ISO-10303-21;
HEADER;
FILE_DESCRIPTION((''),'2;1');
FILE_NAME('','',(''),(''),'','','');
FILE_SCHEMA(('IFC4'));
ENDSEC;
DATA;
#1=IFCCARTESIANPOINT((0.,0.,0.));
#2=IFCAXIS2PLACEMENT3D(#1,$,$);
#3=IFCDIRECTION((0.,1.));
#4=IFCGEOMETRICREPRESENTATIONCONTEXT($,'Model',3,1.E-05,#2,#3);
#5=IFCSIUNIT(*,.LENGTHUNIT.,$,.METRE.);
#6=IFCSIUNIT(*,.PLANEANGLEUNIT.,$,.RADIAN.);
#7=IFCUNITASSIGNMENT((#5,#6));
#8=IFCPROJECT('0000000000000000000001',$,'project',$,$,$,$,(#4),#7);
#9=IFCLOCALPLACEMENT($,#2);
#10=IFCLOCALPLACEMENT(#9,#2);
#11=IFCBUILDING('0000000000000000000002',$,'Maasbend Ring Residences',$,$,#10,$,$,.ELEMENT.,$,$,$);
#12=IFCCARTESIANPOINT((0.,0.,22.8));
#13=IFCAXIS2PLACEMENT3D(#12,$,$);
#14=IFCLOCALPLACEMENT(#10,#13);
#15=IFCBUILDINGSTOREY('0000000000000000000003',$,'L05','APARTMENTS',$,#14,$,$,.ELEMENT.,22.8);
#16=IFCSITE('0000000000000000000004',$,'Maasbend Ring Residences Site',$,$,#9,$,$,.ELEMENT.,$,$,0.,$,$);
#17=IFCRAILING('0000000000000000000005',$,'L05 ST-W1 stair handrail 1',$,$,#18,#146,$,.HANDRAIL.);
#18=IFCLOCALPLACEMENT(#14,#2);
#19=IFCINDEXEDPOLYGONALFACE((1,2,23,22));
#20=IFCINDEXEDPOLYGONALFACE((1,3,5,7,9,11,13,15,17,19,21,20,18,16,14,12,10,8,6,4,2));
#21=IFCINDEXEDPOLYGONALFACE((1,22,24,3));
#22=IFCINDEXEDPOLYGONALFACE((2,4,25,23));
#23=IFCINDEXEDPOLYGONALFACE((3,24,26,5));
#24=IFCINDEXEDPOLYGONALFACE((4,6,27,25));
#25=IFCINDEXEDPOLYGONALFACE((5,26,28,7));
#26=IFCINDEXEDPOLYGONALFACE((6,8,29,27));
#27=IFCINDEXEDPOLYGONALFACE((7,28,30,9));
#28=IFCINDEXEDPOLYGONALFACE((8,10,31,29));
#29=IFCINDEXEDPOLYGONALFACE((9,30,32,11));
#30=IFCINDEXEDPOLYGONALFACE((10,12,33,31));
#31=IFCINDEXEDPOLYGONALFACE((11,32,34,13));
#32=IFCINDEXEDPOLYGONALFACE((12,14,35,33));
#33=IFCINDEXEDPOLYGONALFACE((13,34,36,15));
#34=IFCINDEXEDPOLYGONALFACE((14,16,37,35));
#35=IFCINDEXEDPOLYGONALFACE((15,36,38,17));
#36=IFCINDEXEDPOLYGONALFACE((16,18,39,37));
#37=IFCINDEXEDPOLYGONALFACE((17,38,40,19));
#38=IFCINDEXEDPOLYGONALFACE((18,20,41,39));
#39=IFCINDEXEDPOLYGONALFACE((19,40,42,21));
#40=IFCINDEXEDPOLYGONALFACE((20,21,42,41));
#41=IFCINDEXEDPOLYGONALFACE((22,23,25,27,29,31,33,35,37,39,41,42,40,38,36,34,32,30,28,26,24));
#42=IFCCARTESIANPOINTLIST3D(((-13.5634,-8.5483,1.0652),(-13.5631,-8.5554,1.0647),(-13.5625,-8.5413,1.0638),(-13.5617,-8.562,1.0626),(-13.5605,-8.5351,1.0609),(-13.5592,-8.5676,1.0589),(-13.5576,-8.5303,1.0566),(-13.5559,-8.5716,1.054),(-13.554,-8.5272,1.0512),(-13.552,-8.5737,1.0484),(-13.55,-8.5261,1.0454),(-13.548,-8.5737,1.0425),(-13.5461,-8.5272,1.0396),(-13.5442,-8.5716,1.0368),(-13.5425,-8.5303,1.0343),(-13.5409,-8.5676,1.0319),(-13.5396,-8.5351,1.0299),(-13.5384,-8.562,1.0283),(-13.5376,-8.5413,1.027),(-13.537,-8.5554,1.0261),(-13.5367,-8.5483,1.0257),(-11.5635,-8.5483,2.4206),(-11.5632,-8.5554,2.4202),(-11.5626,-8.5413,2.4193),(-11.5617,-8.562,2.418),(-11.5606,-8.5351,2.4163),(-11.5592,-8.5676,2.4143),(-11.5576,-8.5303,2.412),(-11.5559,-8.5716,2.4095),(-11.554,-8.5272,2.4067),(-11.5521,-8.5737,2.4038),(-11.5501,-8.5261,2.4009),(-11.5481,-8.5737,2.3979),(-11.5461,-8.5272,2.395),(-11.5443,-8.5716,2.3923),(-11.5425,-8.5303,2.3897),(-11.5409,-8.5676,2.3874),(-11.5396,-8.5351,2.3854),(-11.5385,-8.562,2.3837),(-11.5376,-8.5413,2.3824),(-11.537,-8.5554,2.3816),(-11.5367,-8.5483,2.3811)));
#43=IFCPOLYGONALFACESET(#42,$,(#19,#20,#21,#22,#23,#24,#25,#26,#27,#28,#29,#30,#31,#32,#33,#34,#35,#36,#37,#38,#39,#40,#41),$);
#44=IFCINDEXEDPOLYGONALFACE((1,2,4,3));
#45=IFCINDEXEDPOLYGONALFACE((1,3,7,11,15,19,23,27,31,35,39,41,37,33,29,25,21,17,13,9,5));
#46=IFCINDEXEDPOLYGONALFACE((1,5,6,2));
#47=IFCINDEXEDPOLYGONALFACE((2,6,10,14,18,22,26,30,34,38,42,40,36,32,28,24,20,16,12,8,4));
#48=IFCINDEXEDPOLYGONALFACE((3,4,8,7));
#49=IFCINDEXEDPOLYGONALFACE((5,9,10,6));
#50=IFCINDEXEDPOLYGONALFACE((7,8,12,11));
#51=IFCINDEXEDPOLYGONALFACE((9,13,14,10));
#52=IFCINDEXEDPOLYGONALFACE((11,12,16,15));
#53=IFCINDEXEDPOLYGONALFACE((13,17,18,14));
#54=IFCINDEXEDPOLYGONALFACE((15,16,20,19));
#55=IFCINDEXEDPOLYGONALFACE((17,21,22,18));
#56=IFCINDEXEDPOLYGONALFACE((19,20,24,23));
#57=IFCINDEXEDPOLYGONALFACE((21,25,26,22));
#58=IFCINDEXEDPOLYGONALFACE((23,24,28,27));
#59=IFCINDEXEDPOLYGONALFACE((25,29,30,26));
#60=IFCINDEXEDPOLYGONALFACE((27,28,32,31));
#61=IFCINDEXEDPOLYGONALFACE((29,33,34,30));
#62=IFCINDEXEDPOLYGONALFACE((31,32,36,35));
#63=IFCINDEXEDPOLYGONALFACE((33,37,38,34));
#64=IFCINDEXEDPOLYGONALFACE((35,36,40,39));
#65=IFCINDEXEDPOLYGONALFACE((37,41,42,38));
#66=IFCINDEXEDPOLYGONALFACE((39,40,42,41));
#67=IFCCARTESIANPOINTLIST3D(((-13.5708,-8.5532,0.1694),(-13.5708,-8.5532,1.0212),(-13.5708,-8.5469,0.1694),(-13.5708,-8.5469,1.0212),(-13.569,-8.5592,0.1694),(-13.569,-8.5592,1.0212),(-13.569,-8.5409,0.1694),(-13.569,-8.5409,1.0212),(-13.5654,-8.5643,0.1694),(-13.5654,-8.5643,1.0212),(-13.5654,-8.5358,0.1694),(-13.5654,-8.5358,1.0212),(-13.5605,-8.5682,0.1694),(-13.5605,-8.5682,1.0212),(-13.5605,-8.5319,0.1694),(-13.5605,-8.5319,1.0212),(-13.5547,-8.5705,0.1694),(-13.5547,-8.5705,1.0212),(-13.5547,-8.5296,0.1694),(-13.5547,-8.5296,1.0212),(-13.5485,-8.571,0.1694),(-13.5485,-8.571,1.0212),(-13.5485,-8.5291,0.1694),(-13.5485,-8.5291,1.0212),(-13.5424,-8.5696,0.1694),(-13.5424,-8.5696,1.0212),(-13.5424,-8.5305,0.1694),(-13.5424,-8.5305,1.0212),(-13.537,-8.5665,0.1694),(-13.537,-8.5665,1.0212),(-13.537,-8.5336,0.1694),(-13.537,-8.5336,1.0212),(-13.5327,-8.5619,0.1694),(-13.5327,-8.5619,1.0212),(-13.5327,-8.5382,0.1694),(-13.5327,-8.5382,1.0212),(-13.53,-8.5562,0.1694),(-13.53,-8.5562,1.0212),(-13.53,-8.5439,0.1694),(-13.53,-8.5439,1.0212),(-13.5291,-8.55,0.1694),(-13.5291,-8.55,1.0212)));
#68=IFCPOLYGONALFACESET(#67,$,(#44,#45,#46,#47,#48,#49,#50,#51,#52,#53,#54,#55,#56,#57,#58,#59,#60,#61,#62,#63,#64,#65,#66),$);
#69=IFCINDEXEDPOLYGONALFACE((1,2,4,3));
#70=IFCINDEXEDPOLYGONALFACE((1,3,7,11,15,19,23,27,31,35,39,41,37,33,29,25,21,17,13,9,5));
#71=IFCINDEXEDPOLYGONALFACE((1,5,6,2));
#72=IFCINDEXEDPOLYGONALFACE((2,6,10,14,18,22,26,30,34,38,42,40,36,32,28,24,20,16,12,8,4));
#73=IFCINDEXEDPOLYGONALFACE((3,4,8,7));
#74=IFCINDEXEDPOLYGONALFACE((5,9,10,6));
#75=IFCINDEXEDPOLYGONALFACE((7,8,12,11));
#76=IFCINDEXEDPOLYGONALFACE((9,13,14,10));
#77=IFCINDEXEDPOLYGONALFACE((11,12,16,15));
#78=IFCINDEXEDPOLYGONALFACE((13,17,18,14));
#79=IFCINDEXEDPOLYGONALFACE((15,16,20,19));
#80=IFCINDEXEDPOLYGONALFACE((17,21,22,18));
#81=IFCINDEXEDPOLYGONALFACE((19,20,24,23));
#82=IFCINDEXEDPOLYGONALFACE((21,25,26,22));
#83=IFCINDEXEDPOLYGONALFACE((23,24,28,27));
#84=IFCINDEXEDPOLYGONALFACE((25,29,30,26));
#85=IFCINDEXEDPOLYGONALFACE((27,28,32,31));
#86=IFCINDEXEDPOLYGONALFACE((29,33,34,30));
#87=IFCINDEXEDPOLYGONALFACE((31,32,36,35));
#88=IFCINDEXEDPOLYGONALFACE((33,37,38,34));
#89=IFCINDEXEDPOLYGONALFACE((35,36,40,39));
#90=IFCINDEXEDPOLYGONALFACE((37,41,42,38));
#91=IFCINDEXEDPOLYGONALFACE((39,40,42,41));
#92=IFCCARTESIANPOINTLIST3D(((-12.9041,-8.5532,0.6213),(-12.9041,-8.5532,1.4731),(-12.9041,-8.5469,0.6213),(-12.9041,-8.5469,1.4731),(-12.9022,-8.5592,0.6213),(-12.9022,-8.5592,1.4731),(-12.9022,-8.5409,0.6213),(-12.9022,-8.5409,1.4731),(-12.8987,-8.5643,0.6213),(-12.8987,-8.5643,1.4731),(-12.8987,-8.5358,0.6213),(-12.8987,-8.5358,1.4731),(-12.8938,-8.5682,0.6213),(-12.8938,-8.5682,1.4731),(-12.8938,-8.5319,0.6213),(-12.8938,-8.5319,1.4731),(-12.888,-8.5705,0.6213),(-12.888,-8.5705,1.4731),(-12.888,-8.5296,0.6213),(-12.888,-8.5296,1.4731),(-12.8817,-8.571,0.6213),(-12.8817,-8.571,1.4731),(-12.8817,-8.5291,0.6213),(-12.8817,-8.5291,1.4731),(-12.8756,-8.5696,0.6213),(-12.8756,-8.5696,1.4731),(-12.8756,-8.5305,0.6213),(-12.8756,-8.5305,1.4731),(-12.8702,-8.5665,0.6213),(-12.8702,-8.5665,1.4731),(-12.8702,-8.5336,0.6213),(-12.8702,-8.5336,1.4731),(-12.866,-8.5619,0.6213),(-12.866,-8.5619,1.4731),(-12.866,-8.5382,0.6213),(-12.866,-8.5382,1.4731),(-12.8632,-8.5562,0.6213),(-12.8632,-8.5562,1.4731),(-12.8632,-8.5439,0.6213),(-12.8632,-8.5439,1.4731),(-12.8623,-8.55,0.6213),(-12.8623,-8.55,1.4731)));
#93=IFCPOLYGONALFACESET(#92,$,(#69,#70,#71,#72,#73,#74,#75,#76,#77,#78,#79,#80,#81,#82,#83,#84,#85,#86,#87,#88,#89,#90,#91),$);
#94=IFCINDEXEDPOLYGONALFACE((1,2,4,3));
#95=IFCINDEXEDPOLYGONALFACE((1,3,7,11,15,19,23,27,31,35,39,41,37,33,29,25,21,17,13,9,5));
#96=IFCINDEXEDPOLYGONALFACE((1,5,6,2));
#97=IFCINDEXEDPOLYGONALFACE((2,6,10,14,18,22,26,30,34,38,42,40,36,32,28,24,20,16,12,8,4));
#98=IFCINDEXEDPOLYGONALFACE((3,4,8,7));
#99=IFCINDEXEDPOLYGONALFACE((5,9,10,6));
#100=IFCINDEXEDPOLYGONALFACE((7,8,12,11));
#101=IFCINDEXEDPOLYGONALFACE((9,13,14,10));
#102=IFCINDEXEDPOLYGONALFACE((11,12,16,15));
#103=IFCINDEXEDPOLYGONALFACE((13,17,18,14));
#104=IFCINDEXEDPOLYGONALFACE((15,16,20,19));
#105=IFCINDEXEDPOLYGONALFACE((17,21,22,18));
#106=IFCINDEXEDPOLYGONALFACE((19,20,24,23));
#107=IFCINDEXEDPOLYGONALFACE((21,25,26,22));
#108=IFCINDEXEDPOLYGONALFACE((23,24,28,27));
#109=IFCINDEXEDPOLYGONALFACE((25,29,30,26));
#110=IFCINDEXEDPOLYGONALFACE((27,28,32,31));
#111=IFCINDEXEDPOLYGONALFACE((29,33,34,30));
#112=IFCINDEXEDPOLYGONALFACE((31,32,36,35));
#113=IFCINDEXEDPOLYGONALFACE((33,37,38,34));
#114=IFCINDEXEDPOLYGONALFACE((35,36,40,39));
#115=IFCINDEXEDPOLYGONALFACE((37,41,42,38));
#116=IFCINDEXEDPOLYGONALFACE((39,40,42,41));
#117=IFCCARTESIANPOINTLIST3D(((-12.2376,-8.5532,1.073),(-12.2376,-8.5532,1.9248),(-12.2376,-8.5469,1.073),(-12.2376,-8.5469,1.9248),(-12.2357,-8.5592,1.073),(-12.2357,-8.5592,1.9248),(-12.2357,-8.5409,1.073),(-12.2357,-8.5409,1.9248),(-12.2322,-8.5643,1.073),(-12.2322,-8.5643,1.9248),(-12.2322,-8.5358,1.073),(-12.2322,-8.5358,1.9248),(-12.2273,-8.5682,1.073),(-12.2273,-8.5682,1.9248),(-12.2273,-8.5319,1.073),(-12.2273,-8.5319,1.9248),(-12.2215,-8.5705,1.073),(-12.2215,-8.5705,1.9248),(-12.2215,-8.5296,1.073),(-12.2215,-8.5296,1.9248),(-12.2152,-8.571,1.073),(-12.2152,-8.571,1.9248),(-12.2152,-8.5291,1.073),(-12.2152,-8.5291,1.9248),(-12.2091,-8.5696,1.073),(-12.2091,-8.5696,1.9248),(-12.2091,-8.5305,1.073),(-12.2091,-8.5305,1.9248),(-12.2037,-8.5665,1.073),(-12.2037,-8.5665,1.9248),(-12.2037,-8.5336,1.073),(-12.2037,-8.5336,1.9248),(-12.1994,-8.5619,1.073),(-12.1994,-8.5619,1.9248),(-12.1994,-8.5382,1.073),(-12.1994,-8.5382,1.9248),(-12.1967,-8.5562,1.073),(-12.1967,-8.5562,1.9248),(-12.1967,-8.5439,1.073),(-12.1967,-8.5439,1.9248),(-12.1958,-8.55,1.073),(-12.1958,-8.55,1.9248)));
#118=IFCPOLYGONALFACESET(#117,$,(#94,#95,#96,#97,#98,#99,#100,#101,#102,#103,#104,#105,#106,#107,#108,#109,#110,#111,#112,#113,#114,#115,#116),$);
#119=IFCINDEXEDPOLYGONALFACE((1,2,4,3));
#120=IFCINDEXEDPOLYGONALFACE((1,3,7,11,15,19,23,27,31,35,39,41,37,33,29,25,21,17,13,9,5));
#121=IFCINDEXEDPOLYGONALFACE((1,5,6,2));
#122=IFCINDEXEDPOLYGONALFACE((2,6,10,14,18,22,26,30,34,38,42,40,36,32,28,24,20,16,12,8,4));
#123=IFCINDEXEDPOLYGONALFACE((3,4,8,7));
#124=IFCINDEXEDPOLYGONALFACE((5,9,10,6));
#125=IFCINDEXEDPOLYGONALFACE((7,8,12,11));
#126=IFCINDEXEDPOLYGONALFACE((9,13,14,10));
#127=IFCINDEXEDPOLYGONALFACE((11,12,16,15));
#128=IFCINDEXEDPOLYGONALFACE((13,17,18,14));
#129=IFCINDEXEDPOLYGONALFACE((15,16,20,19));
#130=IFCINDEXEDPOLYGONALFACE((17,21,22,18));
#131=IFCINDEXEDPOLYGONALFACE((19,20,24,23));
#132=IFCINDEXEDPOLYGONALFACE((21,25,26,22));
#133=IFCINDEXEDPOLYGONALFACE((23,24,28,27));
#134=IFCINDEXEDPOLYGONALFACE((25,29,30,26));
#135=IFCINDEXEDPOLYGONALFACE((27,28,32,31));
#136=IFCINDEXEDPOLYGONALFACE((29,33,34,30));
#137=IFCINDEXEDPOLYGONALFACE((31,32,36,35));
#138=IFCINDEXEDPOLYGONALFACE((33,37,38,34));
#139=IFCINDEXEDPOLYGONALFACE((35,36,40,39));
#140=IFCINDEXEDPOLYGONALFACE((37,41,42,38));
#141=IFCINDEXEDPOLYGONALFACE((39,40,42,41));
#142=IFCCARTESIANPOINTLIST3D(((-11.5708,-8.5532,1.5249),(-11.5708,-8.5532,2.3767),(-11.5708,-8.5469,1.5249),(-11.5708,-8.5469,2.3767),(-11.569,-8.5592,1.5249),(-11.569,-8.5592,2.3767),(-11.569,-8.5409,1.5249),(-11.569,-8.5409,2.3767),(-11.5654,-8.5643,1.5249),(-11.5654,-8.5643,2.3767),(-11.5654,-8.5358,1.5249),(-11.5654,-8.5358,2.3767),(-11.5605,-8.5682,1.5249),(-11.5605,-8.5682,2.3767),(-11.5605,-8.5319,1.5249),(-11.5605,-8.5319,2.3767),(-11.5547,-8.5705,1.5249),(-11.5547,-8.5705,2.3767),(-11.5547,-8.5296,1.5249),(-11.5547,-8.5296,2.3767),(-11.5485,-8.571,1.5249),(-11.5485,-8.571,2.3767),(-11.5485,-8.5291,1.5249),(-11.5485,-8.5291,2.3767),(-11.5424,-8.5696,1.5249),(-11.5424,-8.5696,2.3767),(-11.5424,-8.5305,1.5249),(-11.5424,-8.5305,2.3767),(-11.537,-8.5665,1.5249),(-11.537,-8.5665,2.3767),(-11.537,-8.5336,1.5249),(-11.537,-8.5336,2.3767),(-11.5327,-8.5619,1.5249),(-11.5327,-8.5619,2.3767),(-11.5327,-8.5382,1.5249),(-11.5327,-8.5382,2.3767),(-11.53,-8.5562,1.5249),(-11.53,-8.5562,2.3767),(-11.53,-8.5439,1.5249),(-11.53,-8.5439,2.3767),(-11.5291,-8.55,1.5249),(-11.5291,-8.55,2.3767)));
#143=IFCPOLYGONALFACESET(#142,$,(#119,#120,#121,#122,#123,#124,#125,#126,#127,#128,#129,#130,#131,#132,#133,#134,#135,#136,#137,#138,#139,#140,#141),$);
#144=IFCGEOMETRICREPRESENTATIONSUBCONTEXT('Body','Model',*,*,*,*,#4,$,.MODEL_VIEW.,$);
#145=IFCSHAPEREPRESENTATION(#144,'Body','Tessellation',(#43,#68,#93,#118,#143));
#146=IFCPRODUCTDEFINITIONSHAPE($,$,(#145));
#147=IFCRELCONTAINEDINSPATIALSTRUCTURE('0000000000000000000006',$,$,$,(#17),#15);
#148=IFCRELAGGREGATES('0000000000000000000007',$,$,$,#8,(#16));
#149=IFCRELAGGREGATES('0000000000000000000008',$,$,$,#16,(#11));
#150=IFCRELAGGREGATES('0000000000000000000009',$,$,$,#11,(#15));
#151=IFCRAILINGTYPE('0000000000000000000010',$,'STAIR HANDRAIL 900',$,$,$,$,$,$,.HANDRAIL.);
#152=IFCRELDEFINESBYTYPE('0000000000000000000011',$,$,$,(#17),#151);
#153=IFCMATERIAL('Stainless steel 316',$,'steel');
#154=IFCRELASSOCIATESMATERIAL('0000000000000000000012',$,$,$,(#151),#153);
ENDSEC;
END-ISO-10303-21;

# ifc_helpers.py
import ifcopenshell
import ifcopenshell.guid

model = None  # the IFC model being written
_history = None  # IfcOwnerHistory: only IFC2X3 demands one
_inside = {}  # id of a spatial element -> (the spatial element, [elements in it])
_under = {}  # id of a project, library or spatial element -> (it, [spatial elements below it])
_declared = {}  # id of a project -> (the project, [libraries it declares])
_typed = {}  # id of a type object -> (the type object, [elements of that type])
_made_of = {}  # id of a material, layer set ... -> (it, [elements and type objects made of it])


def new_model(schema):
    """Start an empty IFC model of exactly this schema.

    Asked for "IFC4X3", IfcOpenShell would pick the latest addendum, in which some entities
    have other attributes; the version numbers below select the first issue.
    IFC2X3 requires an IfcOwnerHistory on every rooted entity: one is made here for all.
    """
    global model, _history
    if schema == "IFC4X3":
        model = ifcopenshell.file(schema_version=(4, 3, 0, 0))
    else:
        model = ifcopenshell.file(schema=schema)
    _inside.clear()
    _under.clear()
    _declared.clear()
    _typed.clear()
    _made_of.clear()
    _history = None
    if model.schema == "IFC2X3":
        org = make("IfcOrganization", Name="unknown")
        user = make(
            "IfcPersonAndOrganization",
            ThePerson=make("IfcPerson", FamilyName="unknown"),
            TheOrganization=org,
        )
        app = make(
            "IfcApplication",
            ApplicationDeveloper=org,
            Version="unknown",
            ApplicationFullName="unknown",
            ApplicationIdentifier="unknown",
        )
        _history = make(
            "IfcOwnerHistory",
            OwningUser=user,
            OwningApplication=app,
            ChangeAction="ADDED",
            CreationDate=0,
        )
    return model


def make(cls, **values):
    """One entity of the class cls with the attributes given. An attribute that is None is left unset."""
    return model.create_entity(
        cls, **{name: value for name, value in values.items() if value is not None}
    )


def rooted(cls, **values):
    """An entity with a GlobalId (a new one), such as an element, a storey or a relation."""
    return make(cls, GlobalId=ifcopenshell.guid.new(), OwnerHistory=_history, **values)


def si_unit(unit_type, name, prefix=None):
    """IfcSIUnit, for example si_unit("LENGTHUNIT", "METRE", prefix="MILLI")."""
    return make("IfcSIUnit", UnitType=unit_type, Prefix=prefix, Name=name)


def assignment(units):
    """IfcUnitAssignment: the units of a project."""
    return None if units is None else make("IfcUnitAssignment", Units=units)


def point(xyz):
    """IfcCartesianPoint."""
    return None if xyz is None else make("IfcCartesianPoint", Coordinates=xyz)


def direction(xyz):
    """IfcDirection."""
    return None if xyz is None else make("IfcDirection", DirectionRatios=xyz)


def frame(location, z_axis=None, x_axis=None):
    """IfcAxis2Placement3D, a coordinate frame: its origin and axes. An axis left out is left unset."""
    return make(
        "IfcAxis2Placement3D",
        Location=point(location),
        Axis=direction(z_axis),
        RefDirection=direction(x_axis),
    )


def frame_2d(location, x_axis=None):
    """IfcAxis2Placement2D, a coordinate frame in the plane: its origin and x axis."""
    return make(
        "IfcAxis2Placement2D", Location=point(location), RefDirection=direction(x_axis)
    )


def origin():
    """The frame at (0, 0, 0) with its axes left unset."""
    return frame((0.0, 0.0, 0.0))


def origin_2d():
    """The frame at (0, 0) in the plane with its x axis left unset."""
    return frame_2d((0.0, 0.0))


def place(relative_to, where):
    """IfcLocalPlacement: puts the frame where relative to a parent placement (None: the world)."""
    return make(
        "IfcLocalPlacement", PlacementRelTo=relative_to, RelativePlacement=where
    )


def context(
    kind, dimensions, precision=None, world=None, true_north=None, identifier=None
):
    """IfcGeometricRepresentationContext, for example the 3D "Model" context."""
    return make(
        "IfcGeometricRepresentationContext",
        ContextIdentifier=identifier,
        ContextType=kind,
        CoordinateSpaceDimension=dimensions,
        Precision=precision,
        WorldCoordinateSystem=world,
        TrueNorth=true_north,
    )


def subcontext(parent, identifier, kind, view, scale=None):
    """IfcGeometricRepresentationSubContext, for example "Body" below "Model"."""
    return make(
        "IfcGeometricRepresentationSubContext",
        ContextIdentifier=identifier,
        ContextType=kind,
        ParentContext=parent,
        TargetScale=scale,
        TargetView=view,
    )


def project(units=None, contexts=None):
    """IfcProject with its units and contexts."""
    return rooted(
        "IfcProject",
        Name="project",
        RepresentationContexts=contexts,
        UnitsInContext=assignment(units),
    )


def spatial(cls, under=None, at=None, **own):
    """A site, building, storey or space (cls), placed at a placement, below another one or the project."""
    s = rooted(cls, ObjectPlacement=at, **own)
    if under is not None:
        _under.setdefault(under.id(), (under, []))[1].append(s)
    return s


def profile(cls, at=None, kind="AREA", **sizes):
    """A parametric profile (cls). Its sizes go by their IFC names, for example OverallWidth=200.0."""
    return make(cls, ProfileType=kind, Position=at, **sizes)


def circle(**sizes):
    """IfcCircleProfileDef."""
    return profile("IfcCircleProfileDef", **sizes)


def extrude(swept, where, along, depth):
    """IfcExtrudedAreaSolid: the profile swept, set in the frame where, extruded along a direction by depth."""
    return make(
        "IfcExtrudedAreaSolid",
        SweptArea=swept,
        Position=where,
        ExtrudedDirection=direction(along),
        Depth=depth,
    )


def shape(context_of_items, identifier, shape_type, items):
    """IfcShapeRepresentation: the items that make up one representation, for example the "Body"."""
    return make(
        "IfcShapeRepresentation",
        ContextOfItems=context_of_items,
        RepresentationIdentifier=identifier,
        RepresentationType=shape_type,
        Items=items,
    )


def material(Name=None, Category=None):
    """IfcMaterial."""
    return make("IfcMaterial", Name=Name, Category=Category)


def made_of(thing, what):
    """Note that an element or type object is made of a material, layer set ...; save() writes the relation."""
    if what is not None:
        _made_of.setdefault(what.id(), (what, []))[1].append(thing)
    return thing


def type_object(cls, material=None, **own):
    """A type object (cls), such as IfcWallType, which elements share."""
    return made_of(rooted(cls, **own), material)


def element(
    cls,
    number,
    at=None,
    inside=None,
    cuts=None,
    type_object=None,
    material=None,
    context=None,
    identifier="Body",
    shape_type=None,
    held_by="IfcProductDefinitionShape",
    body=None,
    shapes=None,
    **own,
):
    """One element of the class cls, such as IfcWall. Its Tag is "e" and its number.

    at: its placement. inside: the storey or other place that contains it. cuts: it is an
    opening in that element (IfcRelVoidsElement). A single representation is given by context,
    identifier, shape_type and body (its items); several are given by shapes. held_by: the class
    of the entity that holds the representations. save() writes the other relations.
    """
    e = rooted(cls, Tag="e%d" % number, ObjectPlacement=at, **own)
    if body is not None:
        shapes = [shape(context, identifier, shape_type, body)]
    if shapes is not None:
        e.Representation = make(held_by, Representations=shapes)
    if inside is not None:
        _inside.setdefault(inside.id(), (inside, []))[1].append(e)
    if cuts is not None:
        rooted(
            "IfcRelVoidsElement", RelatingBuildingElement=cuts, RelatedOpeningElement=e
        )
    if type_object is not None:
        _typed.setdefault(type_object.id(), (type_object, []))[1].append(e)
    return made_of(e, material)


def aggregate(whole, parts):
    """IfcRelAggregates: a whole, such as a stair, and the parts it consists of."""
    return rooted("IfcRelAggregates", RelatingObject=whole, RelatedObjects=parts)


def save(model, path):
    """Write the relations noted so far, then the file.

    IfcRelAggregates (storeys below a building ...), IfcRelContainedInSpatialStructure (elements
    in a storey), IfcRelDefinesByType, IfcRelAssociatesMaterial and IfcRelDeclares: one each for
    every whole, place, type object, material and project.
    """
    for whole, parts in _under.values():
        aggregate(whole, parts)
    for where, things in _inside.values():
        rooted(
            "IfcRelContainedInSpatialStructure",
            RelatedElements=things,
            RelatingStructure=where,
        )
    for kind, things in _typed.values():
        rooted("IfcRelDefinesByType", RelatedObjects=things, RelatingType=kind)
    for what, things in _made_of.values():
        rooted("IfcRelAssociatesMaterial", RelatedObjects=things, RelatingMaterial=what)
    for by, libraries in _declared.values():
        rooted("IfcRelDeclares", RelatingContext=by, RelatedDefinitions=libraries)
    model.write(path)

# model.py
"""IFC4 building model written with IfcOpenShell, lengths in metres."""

from ifc_helpers import new_model, si_unit, direction, frame, origin, origin_2d, place, context, subcontext, project, spatial, circle, extrude, material, type_object, element, save


model = new_model("IFC4")

# Units and contexts
model_context = context("Model", 3, precision=1e-05, world=origin(), true_north=direction((0.0, 1.0)))
body_context = subcontext(model_context, "Body", "Model", "MODEL_VIEW")
ifc_project = project(units=[si_unit("LENGTHUNIT", "METRE"), si_unit("PLANEANGLEUNIT", "RADIAN")], contexts=[model_context])

# Site, building, storey
site_placement = place(None, origin())
site = spatial("IfcSite", under=ifc_project, at=site_placement, Name="Maasbend Ring Residences Site", CompositionType="ELEMENT", RefElevation=0.0)
building_placement = place(site_placement, origin())
building = spatial("IfcBuilding", under=site, at=building_placement, Name="Maasbend Ring Residences", CompositionType="ELEMENT")
storey_placement = place(building_placement, frame((0.0, 0.0, 22.8)))
storey = spatial("IfcBuildingStorey", under=building, at=storey_placement, Name="L05", Description="APARTMENTS", CompositionType="ELEMENT", Elevation=22.8)

# Railing
ifc_material_1 = material(Name="Stainless steel 316", Category="steel")
railing_type_1 = type_object("IfcRailingType", Name="STAIR HANDRAIL 900", PredefinedType="HANDRAIL", material=ifc_material_1)
railing_1_placement = place(storey_placement, frame((-13.55, -8.55, 0.1694)))
element("IfcRailing", 1, at=railing_1_placement, inside=storey, type_object=railing_type_1, Name="L05 ST-W1 stair handrail 1", PredefinedType="HANDRAIL", context=body_context, shape_type="SweptSolid", body=[
    extrude(circle(Radius=0.0239, at=origin_2d()), frame((0.0, 0.0, 0.876), z_axis=(0.827798, 0.0, 0.561027), x_axis=(0.0, 1.0, 0.0)), (0.0, 0.0, 1.0), 2.416),
    extrude(circle(Radius=0.021, at=origin_2d()), origin(), (0.0, 0.0, 1.0), 0.8518),
    extrude(circle(Radius=0.021, at=origin_2d()), frame((0.6667, 0.0, 0.4519)), (0.0, 0.0, 1.0), 0.8518),
    extrude(circle(Radius=0.021, at=origin_2d()), frame((1.3333, 0.0, 0.9036)), (0.0, 0.0, 1.0), 0.8518),
    extrude(circle(Radius=0.021, at=origin_2d()), frame((2.0, 0.0, 1.3555)), (0.0, 0.0, 1.0), 0.8518),
])

save(model, "model.ifc")
